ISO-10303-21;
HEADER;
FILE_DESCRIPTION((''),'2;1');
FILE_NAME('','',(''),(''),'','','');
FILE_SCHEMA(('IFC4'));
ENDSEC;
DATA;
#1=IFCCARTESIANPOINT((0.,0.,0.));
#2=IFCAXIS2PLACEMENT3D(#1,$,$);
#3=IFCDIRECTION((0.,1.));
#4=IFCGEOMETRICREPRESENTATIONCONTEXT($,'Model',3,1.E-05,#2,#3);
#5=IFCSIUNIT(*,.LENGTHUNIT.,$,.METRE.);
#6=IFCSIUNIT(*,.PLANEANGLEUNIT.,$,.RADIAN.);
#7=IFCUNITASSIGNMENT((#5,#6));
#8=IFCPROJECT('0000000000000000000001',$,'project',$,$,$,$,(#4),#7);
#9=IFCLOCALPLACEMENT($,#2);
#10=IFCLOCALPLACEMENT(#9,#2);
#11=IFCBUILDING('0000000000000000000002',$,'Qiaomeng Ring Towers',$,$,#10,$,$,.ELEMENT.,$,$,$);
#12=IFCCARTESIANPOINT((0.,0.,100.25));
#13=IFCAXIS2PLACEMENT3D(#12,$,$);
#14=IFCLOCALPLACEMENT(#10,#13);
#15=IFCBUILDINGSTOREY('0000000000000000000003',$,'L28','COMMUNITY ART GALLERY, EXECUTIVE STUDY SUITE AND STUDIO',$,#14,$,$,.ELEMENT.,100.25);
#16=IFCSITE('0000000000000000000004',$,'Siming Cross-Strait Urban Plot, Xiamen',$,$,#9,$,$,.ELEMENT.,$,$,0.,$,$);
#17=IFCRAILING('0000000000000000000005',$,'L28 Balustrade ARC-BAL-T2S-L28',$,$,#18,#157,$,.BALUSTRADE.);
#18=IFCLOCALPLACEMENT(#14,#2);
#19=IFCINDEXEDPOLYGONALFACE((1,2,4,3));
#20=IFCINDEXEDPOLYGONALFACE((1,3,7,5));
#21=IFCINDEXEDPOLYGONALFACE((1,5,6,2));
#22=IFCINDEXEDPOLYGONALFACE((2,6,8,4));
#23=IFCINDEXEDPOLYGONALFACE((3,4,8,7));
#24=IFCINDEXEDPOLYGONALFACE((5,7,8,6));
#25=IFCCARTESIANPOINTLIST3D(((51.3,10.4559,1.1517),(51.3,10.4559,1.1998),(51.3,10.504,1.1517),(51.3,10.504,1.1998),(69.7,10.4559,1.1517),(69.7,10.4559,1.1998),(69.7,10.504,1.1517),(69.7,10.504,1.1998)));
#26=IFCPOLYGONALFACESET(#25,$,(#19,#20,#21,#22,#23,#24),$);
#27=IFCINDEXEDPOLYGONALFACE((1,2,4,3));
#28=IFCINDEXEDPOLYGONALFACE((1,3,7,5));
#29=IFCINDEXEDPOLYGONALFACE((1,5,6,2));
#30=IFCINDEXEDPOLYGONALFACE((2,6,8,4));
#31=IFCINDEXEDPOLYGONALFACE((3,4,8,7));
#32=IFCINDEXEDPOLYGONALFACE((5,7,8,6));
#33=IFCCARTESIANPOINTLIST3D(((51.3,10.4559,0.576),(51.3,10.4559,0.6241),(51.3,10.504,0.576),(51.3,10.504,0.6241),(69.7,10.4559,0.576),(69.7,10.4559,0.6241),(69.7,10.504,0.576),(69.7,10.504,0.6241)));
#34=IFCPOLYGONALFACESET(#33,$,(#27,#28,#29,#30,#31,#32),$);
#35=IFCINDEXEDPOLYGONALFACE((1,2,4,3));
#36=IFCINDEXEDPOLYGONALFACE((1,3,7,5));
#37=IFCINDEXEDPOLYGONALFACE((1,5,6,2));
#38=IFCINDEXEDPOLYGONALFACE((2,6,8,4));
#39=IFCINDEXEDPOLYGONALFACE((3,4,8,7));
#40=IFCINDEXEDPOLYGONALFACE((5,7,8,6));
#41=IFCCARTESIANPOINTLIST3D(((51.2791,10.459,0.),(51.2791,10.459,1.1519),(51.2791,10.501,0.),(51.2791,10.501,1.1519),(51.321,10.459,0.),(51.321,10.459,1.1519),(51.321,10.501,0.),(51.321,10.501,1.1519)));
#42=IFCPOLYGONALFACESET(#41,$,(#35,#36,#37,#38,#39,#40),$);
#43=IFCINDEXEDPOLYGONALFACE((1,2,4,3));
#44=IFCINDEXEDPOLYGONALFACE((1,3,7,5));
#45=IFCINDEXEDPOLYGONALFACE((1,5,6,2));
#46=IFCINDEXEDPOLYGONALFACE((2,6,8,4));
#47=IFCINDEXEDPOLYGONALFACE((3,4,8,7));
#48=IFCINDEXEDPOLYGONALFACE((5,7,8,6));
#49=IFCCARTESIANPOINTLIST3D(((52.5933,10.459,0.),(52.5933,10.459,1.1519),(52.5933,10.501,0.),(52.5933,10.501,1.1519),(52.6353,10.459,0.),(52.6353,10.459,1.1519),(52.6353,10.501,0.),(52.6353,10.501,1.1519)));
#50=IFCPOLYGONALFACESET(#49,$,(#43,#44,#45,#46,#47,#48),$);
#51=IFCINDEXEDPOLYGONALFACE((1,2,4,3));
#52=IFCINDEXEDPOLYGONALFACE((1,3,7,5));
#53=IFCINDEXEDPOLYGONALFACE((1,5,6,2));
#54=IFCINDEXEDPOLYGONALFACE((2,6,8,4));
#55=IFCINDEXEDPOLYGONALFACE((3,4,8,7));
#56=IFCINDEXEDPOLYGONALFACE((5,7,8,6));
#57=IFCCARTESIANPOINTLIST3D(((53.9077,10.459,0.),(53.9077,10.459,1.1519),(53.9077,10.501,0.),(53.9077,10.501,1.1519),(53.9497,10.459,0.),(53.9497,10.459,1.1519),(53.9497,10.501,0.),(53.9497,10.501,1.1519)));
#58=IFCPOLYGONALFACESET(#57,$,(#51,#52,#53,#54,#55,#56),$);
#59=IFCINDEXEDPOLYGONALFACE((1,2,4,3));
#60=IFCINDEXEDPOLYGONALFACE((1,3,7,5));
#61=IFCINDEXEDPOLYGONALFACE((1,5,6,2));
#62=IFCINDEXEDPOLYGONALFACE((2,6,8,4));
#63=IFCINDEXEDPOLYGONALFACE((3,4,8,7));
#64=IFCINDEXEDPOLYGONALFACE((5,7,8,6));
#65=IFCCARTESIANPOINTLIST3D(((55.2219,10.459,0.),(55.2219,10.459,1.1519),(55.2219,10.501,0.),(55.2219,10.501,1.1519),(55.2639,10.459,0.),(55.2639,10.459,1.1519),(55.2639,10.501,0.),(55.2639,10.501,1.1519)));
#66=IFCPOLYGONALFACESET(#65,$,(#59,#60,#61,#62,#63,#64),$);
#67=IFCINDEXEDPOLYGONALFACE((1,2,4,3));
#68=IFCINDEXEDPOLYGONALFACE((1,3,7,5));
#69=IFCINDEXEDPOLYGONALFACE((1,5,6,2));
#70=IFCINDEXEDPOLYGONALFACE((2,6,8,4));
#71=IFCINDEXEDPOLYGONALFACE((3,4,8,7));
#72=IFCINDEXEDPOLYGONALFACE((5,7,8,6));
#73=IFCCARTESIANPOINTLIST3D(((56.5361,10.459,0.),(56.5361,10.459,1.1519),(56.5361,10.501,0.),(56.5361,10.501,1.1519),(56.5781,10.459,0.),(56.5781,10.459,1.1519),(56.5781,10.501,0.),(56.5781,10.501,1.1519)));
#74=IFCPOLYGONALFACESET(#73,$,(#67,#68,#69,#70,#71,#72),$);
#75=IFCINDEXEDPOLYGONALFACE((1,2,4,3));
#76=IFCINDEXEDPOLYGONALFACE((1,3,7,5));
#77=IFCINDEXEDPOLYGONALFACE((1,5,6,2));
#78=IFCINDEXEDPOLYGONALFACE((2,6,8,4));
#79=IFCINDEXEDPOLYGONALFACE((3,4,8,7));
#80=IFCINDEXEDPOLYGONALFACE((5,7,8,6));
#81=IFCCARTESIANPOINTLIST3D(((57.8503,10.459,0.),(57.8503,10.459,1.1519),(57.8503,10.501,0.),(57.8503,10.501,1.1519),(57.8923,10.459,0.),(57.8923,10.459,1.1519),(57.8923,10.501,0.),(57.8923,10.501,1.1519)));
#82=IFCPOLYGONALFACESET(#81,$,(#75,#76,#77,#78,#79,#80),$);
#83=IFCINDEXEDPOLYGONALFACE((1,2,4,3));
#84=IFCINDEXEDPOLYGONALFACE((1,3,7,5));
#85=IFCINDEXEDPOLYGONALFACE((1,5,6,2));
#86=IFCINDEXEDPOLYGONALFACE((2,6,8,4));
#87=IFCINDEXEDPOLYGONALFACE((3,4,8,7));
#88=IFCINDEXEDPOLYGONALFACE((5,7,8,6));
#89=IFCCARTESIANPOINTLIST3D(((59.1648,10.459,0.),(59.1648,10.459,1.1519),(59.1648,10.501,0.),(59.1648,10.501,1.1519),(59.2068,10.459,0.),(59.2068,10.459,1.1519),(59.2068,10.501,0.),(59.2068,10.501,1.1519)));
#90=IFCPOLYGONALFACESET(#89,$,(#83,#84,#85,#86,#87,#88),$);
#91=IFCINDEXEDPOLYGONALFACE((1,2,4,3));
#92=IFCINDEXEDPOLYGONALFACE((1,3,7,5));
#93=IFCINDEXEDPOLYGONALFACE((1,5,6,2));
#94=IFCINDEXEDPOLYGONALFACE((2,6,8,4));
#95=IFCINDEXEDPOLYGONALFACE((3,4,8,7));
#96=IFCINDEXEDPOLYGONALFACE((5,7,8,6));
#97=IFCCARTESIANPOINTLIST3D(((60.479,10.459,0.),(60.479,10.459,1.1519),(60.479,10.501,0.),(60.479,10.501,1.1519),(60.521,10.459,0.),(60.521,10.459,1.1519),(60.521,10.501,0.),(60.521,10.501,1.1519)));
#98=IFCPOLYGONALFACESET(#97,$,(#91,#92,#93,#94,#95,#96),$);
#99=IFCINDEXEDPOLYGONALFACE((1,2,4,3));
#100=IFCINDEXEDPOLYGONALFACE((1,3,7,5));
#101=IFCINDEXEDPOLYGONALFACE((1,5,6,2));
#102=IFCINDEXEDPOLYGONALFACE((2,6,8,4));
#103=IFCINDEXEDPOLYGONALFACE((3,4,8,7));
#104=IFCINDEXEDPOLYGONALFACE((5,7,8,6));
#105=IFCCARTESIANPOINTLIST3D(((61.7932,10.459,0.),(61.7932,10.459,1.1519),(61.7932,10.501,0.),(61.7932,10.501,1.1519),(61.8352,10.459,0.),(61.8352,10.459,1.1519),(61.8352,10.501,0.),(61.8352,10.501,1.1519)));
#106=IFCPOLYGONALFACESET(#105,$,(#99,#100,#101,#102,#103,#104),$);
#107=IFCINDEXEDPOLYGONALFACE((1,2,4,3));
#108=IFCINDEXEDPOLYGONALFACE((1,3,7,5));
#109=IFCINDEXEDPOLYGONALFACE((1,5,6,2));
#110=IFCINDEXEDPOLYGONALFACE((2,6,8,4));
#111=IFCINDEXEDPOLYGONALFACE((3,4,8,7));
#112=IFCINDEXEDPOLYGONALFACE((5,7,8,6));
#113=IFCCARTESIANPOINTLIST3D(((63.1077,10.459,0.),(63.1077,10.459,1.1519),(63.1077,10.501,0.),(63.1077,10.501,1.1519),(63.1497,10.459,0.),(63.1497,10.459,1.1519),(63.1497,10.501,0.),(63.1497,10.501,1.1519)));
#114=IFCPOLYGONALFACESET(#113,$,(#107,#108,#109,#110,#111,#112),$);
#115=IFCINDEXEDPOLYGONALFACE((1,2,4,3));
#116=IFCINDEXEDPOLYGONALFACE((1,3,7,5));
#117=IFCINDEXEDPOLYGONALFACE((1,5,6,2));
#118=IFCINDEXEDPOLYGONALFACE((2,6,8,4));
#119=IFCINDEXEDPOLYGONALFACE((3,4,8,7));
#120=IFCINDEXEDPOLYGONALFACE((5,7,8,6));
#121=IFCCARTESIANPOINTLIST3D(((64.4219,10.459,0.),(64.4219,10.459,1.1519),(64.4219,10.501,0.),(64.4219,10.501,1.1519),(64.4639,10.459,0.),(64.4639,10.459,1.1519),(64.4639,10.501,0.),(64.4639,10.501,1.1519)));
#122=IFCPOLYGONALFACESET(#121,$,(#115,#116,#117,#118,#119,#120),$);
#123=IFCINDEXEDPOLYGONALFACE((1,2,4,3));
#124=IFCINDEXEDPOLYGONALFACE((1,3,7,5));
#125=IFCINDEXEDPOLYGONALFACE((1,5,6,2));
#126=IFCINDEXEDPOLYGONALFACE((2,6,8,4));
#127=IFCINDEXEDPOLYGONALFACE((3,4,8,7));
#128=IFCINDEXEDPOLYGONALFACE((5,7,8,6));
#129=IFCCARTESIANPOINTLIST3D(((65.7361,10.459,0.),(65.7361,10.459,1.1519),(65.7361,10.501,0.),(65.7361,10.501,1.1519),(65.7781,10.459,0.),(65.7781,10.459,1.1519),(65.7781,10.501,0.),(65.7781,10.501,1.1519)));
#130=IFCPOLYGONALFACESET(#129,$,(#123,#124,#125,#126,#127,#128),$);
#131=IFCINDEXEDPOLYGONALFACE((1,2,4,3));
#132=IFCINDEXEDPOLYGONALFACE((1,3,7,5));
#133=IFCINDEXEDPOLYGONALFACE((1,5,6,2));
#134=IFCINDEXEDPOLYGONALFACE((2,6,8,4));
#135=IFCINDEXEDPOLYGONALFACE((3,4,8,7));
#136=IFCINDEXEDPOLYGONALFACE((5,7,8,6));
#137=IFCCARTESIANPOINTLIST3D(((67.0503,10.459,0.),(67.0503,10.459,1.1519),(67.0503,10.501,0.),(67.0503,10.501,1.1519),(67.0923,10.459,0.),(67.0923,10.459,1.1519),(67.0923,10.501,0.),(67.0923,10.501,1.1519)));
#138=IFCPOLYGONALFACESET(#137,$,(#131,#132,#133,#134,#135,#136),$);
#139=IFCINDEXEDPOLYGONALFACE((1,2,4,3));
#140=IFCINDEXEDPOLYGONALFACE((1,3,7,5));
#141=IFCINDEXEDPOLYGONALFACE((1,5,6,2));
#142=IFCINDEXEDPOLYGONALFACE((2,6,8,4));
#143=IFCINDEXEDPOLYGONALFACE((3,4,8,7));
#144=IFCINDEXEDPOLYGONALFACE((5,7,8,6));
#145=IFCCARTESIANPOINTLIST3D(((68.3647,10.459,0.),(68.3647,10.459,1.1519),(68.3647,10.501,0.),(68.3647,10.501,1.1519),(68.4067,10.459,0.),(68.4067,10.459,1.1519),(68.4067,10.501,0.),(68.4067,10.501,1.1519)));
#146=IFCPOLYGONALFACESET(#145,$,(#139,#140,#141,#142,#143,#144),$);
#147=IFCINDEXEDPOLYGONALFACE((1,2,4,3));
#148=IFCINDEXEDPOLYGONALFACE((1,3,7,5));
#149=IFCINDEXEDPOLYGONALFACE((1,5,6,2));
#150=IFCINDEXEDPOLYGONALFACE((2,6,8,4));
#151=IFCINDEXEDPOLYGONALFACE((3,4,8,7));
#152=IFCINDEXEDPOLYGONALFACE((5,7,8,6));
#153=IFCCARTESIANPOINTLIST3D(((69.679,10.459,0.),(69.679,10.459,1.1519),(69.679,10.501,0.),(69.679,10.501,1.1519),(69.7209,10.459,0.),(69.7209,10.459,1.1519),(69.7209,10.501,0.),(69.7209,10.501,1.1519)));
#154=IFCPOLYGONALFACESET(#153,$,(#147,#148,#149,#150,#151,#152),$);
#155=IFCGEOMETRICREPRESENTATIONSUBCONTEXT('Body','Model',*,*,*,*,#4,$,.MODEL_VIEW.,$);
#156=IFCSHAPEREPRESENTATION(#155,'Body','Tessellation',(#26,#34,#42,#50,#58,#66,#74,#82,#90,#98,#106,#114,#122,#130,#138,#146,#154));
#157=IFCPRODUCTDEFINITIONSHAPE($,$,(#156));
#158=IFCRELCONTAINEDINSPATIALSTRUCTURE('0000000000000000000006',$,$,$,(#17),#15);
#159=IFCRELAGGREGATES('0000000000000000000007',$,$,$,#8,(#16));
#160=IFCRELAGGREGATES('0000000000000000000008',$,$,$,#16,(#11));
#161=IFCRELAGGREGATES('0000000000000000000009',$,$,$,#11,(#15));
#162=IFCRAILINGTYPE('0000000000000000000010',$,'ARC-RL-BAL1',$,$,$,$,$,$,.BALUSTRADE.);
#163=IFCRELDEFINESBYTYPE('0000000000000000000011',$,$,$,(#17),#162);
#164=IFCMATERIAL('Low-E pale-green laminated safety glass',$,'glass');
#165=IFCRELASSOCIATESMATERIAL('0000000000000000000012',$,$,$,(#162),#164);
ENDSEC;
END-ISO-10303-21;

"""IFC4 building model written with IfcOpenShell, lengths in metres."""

from ifc_helpers import new_model, si_unit, direction, frame, origin, origin_2d, place, context, subcontext, project, spatial, rectangle, extrude, material, type_object, element, save


model = new_model("IFC4")

# Units and contexts
model_context = context("Model", 3, precision=1e-05, world=origin(), true_north=direction((0.0, 1.0)))
body_context = subcontext(model_context, "Body", "Model", "MODEL_VIEW")
ifc_project = project(units=[si_unit("LENGTHUNIT", "METRE"), si_unit("PLANEANGLEUNIT", "RADIAN")], contexts=[model_context])

# Site, building, storey
site_placement = place(None, origin())
site = spatial("IfcSite", under=ifc_project, at=site_placement, Name="Siming Cross-Strait Urban Plot, Xiamen", CompositionType="ELEMENT", RefElevation=0.0)
building_placement = place(site_placement, origin())
building = spatial("IfcBuilding", under=site, at=building_placement, Name="Qiaomeng Ring Towers", CompositionType="ELEMENT")
storey_placement = place(building_placement, frame((0.0, 0.0, 100.25)))
storey = spatial("IfcBuildingStorey", under=building, at=storey_placement, Name="L28", Description="COMMUNITY ART GALLERY, EXECUTIVE STUDY SUITE AND STUDIO", CompositionType="ELEMENT", Elevation=100.25)

# Railing
ifc_material_1 = material(Name="Low-E pale-green laminated safety glass", Category="glass")
railing_type = type_object("IfcRailingType", Name="ARC-RL-BAL1", PredefinedType="BALUSTRADE", material=ifc_material_1)
railing_1_placement = place(storey_placement, frame((51.3, 10.48, 0.0)))
element("IfcRailing", 1, at=railing_1_placement, inside=storey, type_object=railing_type, Name="L28 Balustrade ARC-BAL-T2S-L28", PredefinedType="BALUSTRADE", context=body_context, shape_type="SweptSolid", body=[
    extrude(rectangle(XDim=0.0481, YDim=0.0481, at=origin_2d()), frame((0.0, 0.0, 1.1758), z_axis=(1.0, 0.0, 0.0), x_axis=(0.0, 1.0, 0.0)), (0.0, 0.0, 1.0), 18.3999),
    extrude(rectangle(XDim=0.0481, YDim=0.0481, at=origin_2d()), frame((0.0, 0.0, 0.6001), z_axis=(1.0, 0.0, 0.0), x_axis=(0.0, 1.0, 0.0)), (0.0, 0.0, 1.0), 18.3999),
    extrude(rectangle(XDim=0.042, YDim=0.042, at=origin_2d()), origin(), (0.0, 0.0, 1.0), 1.1519),
    extrude(rectangle(XDim=0.042, YDim=0.042, at=origin_2d()), frame((1.3142, 0.0, 0.0)), (0.0, 0.0, 1.0), 1.1519),
    extrude(rectangle(XDim=0.042, YDim=0.042, at=origin_2d()), frame((2.6287, 0.0, 0.0)), (0.0, 0.0, 1.0), 1.1519),
    extrude(rectangle(XDim=0.042, YDim=0.042, at=origin_2d()), frame((3.9429, 0.0, 0.0)), (0.0, 0.0, 1.0), 1.1519),
    extrude(rectangle(XDim=0.042, YDim=0.042, at=origin_2d()), frame((5.2571, 0.0, 0.0)), (0.0, 0.0, 1.0), 1.1519),
    extrude(rectangle(XDim=0.042, YDim=0.042, at=origin_2d()), frame((6.5713, 0.0, 0.0)), (0.0, 0.0, 1.0), 1.1519),
    extrude(rectangle(XDim=0.042, YDim=0.042, at=origin_2d()), frame((7.8857, 0.0, 0.0)), (0.0, 0.0, 1.0), 1.1519),
    extrude(rectangle(XDim=0.042, YDim=0.042, at=origin_2d()), frame((9.2, 0.0, 0.0)), (0.0, 0.0, 1.0), 1.1519),
    extrude(rectangle(XDim=0.042, YDim=0.042, at=origin_2d()), frame((10.5142, 0.0, 0.0)), (0.0, 0.0, 1.0), 1.1519),
    extrude(rectangle(XDim=0.042, YDim=0.042, at=origin_2d()), frame((11.8286, 0.0, 0.0)), (0.0, 0.0, 1.0), 1.1519),
    extrude(rectangle(XDim=0.042, YDim=0.042, at=origin_2d()), frame((13.1428, 0.0, 0.0)), (0.0, 0.0, 1.0), 1.1519),
    extrude(rectangle(XDim=0.042, YDim=0.042, at=origin_2d()), frame((14.457, 0.0, 0.0)), (0.0, 0.0, 1.0), 1.1519),
    extrude(rectangle(XDim=0.042, YDim=0.042, at=origin_2d()), frame((15.7712, 0.0, 0.0)), (0.0, 0.0, 1.0), 1.1519),
    extrude(rectangle(XDim=0.042, YDim=0.042, at=origin_2d()), frame((17.0857, 0.0, 0.0)), (0.0, 0.0, 1.0), 1.1519),
    extrude(rectangle(XDim=0.042, YDim=0.042, at=origin_2d()), frame((18.3999, 0.0, 0.0)), (0.0, 0.0, 1.0), 1.1519),
])

save(model, "model.ifc")
